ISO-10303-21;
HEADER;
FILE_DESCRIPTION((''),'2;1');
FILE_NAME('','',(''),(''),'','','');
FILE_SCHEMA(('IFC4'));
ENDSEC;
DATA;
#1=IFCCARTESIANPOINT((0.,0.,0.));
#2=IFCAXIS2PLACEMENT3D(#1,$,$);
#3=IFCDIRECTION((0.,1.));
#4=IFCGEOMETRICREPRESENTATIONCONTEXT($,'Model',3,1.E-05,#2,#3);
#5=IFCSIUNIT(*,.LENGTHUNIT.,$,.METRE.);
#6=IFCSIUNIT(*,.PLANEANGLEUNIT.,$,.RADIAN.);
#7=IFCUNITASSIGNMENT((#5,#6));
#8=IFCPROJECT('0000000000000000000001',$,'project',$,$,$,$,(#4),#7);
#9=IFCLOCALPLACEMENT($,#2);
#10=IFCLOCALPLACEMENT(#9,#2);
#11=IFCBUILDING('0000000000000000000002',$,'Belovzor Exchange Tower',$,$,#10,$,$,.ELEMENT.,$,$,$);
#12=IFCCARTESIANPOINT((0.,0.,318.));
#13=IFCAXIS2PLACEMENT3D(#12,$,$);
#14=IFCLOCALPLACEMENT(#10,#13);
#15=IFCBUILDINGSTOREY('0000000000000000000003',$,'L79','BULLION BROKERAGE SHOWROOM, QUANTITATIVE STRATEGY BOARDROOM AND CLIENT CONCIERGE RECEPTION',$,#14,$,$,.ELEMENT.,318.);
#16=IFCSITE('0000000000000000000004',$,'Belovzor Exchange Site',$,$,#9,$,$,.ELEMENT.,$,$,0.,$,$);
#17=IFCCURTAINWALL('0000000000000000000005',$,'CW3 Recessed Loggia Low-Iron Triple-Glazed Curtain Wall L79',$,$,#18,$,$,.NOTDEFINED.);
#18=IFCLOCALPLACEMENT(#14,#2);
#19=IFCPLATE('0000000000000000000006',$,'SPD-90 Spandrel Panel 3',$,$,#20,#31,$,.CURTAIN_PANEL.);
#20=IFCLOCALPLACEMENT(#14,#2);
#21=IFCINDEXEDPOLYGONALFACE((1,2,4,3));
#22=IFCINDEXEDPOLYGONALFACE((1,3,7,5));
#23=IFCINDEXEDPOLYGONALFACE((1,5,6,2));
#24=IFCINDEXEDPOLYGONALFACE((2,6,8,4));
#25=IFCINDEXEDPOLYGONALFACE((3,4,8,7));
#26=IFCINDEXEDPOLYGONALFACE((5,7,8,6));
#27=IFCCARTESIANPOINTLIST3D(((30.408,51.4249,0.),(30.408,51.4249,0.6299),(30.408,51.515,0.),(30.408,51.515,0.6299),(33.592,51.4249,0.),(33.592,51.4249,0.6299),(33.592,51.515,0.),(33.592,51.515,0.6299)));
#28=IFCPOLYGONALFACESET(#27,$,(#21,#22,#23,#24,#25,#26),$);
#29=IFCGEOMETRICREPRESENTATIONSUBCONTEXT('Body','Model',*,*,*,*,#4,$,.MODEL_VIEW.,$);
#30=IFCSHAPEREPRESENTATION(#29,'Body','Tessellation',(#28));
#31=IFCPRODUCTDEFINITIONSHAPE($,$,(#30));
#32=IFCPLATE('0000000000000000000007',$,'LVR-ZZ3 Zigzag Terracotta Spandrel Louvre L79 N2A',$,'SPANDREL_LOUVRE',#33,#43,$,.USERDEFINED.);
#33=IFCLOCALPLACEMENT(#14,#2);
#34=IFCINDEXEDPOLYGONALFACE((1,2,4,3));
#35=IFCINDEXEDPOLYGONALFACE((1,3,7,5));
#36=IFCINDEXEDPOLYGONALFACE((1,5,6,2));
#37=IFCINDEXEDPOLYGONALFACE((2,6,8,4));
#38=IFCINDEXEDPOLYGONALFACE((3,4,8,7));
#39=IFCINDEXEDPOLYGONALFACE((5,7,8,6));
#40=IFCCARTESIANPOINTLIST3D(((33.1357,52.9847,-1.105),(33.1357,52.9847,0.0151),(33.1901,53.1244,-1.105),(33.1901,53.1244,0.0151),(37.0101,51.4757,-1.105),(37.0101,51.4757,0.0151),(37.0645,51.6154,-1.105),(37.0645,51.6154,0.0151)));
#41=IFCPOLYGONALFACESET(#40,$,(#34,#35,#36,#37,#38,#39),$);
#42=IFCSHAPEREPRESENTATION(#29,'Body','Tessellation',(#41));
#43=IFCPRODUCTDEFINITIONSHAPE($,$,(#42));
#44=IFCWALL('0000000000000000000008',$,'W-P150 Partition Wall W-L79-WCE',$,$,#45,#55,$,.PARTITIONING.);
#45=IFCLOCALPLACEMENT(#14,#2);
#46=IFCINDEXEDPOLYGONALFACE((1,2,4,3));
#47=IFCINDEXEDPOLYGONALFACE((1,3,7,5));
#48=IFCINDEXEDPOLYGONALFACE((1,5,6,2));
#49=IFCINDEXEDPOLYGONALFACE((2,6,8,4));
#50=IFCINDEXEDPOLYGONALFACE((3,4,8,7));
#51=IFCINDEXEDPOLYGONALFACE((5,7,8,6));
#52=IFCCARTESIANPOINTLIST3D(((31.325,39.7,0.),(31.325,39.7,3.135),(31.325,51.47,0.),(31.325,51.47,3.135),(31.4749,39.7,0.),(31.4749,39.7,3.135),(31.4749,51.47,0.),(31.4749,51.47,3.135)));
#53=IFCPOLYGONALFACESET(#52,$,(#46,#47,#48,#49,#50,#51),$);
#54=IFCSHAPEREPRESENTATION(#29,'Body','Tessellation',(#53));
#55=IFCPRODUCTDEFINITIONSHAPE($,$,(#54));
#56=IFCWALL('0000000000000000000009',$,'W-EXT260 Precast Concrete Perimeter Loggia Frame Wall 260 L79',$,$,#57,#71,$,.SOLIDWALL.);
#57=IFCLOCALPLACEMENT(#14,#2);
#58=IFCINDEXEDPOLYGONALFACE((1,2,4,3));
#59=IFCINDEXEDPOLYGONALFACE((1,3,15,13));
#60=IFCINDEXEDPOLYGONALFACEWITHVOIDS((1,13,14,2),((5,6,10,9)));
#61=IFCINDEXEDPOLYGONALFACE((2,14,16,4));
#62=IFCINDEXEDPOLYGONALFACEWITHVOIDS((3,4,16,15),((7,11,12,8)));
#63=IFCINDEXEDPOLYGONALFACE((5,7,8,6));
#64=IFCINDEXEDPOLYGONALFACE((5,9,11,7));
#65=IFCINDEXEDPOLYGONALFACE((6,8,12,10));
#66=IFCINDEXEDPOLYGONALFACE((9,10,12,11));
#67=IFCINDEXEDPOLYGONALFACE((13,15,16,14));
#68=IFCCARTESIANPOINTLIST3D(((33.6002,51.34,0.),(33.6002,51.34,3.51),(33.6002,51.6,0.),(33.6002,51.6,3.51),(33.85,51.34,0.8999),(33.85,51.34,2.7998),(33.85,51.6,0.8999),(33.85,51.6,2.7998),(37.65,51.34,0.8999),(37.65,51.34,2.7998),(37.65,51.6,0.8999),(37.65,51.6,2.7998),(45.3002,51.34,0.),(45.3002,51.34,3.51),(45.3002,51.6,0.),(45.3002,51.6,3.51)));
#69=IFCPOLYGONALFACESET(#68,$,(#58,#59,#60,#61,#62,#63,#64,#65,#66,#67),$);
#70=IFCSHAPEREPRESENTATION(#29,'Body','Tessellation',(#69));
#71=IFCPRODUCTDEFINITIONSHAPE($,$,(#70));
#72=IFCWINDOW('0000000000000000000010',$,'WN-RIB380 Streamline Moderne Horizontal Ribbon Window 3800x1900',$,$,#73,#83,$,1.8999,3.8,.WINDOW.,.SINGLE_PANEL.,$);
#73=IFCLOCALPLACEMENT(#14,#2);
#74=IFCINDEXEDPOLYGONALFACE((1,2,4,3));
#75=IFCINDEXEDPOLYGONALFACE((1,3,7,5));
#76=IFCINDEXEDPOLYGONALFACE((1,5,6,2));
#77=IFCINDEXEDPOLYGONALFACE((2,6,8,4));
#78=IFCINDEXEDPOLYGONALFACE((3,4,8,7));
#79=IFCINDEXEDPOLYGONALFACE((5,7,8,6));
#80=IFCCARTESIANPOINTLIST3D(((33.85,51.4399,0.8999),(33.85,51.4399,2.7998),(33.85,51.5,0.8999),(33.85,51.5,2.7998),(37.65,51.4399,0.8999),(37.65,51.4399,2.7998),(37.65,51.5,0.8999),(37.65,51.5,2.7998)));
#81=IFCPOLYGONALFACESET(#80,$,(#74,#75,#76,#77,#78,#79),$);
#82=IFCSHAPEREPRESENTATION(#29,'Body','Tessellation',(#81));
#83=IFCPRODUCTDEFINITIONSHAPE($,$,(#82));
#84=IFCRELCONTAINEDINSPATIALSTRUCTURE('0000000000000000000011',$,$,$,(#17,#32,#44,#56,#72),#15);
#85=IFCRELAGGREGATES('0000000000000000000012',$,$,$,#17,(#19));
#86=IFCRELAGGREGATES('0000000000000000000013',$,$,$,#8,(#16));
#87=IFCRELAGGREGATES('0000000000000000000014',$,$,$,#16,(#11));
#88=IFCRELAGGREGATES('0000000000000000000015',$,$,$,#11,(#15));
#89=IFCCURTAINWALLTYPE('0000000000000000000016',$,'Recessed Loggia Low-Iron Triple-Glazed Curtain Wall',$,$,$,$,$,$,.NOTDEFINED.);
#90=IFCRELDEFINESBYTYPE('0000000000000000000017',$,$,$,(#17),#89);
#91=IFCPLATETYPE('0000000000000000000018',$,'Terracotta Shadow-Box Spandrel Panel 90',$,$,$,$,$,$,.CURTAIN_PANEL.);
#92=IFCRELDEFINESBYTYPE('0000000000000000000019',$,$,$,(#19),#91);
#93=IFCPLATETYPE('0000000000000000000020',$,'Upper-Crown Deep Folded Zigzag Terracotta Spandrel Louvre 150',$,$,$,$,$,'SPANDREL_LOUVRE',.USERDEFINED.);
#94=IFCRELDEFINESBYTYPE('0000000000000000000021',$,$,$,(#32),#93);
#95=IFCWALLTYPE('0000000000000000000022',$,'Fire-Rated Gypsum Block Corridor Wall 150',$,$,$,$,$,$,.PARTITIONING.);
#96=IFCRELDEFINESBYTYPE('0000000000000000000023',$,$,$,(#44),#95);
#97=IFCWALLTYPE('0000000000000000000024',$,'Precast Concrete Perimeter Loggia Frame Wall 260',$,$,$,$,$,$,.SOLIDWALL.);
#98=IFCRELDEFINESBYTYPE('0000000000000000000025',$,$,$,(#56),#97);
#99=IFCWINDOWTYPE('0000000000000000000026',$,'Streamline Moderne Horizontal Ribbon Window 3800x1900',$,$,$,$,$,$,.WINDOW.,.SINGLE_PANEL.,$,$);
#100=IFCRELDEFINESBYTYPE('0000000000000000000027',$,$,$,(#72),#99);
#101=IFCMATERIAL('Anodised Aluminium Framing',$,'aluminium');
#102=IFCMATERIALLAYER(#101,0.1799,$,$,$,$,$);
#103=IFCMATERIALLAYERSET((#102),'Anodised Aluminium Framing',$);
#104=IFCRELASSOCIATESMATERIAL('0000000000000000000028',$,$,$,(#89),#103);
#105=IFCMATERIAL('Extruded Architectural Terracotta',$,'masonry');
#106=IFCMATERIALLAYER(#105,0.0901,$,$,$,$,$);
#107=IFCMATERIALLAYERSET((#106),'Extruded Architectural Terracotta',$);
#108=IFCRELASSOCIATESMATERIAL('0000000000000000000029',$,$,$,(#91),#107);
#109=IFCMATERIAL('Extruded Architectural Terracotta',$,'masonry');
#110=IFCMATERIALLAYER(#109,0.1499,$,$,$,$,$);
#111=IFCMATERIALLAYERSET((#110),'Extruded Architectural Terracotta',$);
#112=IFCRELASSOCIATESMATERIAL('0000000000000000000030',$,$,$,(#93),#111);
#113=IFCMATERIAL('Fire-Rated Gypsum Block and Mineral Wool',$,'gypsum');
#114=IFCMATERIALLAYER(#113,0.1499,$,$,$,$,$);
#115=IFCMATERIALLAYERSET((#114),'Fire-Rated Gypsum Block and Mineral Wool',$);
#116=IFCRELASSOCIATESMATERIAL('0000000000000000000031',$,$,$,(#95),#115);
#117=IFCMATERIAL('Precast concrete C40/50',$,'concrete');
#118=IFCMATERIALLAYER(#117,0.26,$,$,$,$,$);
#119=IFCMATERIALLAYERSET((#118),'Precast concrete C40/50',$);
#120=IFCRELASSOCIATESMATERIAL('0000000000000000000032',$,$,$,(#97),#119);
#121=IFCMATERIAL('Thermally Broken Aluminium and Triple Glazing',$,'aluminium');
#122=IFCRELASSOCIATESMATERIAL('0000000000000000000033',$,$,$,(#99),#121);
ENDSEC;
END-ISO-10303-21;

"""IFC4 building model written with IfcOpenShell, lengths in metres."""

from ifc_helpers import new_model, si_unit, direction, frame, frame_2d, origin, origin_2d, place, context, subcontext, project, spatial, rectangle, extrude, material, layer, layer_set, type_object, element, fill, aggregate, save


model = new_model("IFC4")

# Units and contexts
model_context = context("Model", 3, precision=1e-05, world=origin(), true_north=direction((0.0, 1.0)))
body_context = subcontext(model_context, "Body", "Model", "MODEL_VIEW")
ifc_project = project(units=[si_unit("LENGTHUNIT", "METRE"), si_unit("PLANEANGLEUNIT", "RADIAN")], contexts=[model_context])

# Site, building, storey
site_placement = place(None, origin())
site = spatial("IfcSite", under=ifc_project, at=site_placement, Name="Belovzor Exchange Site", CompositionType="ELEMENT", RefElevation=0.0)
building_placement = place(site_placement, origin())
building = spatial("IfcBuilding", under=site, at=building_placement, Name="Belovzor Exchange Tower", CompositionType="ELEMENT")
storey_placement = place(building_placement, frame((0.0, 0.0, 318.0)))
storey = spatial("IfcBuildingStorey", under=building, at=storey_placement, Name="L79", Description="BULLION BROKERAGE SHOWROOM, QUANTITATIVE STRATEGY BOARDROOM AND CLIENT CONCIERGE RECEPTION", CompositionType="ELEMENT", Elevation=318.0)

# Curtain wall, plate
ifc_material_1 = material(Name="Anodised Aluminium Framing", Category="aluminium")
ifc_layer_1 = layer(ifc_material_1, 0.1799)
ifc_layer_set_1 = layer_set([ifc_layer_1], Name="Anodised Aluminium Framing")
curtain_wall_type = type_object("IfcCurtainWallType", Name="Recessed Loggia Low-Iron Triple-Glazed Curtain Wall", PredefinedType="NOTDEFINED", material=ifc_layer_set_1)
curtain_wall_placement = place(storey_placement, origin())
curtain_wall = element("IfcCurtainWall", 1, at=curtain_wall_placement, inside=storey, type_object=curtain_wall_type, Name="CW3 Recessed Loggia Low-Iron Triple-Glazed Curtain Wall L79", PredefinedType="NOTDEFINED")
ifc_material_2 = material(Name="Extruded Architectural Terracotta", Category="masonry")
ifc_layer_2 = layer(ifc_material_2, 0.0901)
ifc_layer_set_2 = layer_set([ifc_layer_2], Name="Extruded Architectural Terracotta")
plate_type_1 = type_object("IfcPlateType", Name="Terracotta Shadow-Box Spandrel Panel 90", PredefinedType="CURTAIN_PANEL", material=ifc_layer_set_2)
plate_1_placement = place(storey_placement, frame((32.0, 51.47, 0.0), z_axis=(0.0, 0.0, 1.0), x_axis=(1.0, 0.0, 0.0)))
plate_1 = element("IfcPlate", 2, at=plate_1_placement, type_object=plate_type_1, Name="SPD-90 Spandrel Panel 3", PredefinedType="CURTAIN_PANEL", context=body_context, shape_type="SweptSolid", body=[
    extrude(rectangle(XDim=3.1841, YDim=0.0901, at=origin_2d()), origin(), (0.0, 0.0, 1.0), 0.6299),
])
aggregate(curtain_wall, [plate_1])

# Plate
ifc_material_3 = material(Name="Extruded Architectural Terracotta", Category="masonry")
ifc_layer_3 = layer(ifc_material_3, 0.1499)
ifc_layer_set_3 = layer_set([ifc_layer_3], Name="Extruded Architectural Terracotta")
plate_type_2 = type_object("IfcPlateType", Name="Upper-Crown Deep Folded Zigzag Terracotta Spandrel Louvre 150", ElementType="SPANDREL_LOUVRE", PredefinedType="USERDEFINED", material=ifc_layer_set_3)
plate_2_placement = place(storey_placement, frame((35.1001, 52.3, -1.105), z_axis=(0.0, 0.0, 1.0), x_axis=(0.931818, -0.362926, 0.0)))
element("IfcPlate", 3, at=plate_2_placement, inside=storey, type_object=plate_type_2, Name="LVR-ZZ3 Zigzag Terracotta Spandrel Louvre L79 N2A", ObjectType="SPANDREL_LOUVRE", PredefinedType="USERDEFINED", context=body_context, shape_type="SweptSolid", body=[
    extrude(rectangle(XDim=4.158, YDim=0.1499, at=origin_2d()), origin(), (0.0, 0.0, 1.0), 1.1201),
])

# Wall
ifc_material_4 = material(Name="Fire-Rated Gypsum Block and Mineral Wool", Category="gypsum")
ifc_layer_4 = layer(ifc_material_4, 0.1499)
ifc_layer_set_4 = layer_set([ifc_layer_4], Name="Fire-Rated Gypsum Block and Mineral Wool")
wall_type_1 = type_object("IfcWallType", Name="Fire-Rated Gypsum Block Corridor Wall 150", PredefinedType="PARTITIONING", material=ifc_layer_set_4)
wall_1_placement = place(storey_placement, frame((31.3999, 39.7, 0.0), z_axis=(0.0, 0.0, 1.0), x_axis=(0.0, 1.0, 0.0)))
element("IfcWall", 4, at=wall_1_placement, inside=storey, type_object=wall_type_1, Name="W-P150 Partition Wall W-L79-WCE", PredefinedType="PARTITIONING", context=body_context, shape_type="SweptSolid", body=[
    extrude(rectangle(XDim=11.77, YDim=0.1499, at=frame_2d((5.885, 0.0))), origin(), (0.0, 0.0, 1.0), 3.135),
])

# Wall, opening, window
ifc_material_5 = material(Name="Precast concrete C40/50", Category="concrete")
ifc_layer_5 = layer(ifc_material_5, 0.26)
ifc_layer_set_5 = layer_set([ifc_layer_5], Name="Precast concrete C40/50")
wall_type_2 = type_object("IfcWallType", Name="Precast Concrete Perimeter Loggia Frame Wall 260", PredefinedType="SOLIDWALL", material=ifc_layer_set_5)
wall_2_placement = place(storey_placement, frame((33.6001, 51.47, 0.0), z_axis=(0.0, 0.0, 1.0), x_axis=(1.0, 0.0, 0.0)))
wall_2 = element("IfcWall", 5, at=wall_2_placement, inside=storey, type_object=wall_type_2, Name="W-EXT260 Precast Concrete Perimeter Loggia Frame Wall 260 L79", PredefinedType="SOLIDWALL", context=body_context, shape_type="SweptSolid", body=[
    extrude(rectangle(XDim=11.7, YDim=0.26, at=frame_2d((5.8501, 0.0))), origin(), (0.0, 0.0, 1.0), 3.51),
])
opening_placement = place(wall_2_placement, frame((0.25, 0.0, 0.8999)))
opening = element("IfcOpeningElement", 6, at=opening_placement, cuts=wall_2, PredefinedType="OPENING", context=body_context, shape_type="SweptSolid", body=[
    extrude(rectangle(XDim=3.8, YDim=1.8999, at=frame_2d((1.8999, 0.95))), frame((0.0, 0.1399, 0.0), z_axis=(0.0, -1.0, 0.0), x_axis=(1.0, 0.0, 0.0)), (0.0, 0.0, 1.0), 0.28),
])
ifc_material_6 = material(Name="Thermally Broken Aluminium and Triple Glazing", Category="aluminium")
window_type = type_object("IfcWindowType", Name="Streamline Moderne Horizontal Ribbon Window 3800x1900", PartitioningType="SINGLE_PANEL", PredefinedType="WINDOW", material=ifc_material_6)
window_placement = place(opening_placement, origin())
window = element("IfcWindow", 7, at=window_placement, inside=storey, type_object=window_type, Name="WN-RIB380 Streamline Moderne Horizontal Ribbon Window 3800x1900", OverallHeight=1.8999, OverallWidth=3.8, PartitioningType="SINGLE_PANEL", PredefinedType="WINDOW", context=body_context, shape_type="SweptSolid", body=[
    extrude(rectangle(XDim=3.8, YDim=1.8999, at=frame_2d((1.8999, 0.95))), frame((0.0, 0.03, 0.0), z_axis=(0.0, -1.0, 0.0), x_axis=(1.0, 0.0, 0.0)), (0.0, 0.0, 1.0), 0.0601),
])
fill(opening, window)

save(model, "model.ifc")
